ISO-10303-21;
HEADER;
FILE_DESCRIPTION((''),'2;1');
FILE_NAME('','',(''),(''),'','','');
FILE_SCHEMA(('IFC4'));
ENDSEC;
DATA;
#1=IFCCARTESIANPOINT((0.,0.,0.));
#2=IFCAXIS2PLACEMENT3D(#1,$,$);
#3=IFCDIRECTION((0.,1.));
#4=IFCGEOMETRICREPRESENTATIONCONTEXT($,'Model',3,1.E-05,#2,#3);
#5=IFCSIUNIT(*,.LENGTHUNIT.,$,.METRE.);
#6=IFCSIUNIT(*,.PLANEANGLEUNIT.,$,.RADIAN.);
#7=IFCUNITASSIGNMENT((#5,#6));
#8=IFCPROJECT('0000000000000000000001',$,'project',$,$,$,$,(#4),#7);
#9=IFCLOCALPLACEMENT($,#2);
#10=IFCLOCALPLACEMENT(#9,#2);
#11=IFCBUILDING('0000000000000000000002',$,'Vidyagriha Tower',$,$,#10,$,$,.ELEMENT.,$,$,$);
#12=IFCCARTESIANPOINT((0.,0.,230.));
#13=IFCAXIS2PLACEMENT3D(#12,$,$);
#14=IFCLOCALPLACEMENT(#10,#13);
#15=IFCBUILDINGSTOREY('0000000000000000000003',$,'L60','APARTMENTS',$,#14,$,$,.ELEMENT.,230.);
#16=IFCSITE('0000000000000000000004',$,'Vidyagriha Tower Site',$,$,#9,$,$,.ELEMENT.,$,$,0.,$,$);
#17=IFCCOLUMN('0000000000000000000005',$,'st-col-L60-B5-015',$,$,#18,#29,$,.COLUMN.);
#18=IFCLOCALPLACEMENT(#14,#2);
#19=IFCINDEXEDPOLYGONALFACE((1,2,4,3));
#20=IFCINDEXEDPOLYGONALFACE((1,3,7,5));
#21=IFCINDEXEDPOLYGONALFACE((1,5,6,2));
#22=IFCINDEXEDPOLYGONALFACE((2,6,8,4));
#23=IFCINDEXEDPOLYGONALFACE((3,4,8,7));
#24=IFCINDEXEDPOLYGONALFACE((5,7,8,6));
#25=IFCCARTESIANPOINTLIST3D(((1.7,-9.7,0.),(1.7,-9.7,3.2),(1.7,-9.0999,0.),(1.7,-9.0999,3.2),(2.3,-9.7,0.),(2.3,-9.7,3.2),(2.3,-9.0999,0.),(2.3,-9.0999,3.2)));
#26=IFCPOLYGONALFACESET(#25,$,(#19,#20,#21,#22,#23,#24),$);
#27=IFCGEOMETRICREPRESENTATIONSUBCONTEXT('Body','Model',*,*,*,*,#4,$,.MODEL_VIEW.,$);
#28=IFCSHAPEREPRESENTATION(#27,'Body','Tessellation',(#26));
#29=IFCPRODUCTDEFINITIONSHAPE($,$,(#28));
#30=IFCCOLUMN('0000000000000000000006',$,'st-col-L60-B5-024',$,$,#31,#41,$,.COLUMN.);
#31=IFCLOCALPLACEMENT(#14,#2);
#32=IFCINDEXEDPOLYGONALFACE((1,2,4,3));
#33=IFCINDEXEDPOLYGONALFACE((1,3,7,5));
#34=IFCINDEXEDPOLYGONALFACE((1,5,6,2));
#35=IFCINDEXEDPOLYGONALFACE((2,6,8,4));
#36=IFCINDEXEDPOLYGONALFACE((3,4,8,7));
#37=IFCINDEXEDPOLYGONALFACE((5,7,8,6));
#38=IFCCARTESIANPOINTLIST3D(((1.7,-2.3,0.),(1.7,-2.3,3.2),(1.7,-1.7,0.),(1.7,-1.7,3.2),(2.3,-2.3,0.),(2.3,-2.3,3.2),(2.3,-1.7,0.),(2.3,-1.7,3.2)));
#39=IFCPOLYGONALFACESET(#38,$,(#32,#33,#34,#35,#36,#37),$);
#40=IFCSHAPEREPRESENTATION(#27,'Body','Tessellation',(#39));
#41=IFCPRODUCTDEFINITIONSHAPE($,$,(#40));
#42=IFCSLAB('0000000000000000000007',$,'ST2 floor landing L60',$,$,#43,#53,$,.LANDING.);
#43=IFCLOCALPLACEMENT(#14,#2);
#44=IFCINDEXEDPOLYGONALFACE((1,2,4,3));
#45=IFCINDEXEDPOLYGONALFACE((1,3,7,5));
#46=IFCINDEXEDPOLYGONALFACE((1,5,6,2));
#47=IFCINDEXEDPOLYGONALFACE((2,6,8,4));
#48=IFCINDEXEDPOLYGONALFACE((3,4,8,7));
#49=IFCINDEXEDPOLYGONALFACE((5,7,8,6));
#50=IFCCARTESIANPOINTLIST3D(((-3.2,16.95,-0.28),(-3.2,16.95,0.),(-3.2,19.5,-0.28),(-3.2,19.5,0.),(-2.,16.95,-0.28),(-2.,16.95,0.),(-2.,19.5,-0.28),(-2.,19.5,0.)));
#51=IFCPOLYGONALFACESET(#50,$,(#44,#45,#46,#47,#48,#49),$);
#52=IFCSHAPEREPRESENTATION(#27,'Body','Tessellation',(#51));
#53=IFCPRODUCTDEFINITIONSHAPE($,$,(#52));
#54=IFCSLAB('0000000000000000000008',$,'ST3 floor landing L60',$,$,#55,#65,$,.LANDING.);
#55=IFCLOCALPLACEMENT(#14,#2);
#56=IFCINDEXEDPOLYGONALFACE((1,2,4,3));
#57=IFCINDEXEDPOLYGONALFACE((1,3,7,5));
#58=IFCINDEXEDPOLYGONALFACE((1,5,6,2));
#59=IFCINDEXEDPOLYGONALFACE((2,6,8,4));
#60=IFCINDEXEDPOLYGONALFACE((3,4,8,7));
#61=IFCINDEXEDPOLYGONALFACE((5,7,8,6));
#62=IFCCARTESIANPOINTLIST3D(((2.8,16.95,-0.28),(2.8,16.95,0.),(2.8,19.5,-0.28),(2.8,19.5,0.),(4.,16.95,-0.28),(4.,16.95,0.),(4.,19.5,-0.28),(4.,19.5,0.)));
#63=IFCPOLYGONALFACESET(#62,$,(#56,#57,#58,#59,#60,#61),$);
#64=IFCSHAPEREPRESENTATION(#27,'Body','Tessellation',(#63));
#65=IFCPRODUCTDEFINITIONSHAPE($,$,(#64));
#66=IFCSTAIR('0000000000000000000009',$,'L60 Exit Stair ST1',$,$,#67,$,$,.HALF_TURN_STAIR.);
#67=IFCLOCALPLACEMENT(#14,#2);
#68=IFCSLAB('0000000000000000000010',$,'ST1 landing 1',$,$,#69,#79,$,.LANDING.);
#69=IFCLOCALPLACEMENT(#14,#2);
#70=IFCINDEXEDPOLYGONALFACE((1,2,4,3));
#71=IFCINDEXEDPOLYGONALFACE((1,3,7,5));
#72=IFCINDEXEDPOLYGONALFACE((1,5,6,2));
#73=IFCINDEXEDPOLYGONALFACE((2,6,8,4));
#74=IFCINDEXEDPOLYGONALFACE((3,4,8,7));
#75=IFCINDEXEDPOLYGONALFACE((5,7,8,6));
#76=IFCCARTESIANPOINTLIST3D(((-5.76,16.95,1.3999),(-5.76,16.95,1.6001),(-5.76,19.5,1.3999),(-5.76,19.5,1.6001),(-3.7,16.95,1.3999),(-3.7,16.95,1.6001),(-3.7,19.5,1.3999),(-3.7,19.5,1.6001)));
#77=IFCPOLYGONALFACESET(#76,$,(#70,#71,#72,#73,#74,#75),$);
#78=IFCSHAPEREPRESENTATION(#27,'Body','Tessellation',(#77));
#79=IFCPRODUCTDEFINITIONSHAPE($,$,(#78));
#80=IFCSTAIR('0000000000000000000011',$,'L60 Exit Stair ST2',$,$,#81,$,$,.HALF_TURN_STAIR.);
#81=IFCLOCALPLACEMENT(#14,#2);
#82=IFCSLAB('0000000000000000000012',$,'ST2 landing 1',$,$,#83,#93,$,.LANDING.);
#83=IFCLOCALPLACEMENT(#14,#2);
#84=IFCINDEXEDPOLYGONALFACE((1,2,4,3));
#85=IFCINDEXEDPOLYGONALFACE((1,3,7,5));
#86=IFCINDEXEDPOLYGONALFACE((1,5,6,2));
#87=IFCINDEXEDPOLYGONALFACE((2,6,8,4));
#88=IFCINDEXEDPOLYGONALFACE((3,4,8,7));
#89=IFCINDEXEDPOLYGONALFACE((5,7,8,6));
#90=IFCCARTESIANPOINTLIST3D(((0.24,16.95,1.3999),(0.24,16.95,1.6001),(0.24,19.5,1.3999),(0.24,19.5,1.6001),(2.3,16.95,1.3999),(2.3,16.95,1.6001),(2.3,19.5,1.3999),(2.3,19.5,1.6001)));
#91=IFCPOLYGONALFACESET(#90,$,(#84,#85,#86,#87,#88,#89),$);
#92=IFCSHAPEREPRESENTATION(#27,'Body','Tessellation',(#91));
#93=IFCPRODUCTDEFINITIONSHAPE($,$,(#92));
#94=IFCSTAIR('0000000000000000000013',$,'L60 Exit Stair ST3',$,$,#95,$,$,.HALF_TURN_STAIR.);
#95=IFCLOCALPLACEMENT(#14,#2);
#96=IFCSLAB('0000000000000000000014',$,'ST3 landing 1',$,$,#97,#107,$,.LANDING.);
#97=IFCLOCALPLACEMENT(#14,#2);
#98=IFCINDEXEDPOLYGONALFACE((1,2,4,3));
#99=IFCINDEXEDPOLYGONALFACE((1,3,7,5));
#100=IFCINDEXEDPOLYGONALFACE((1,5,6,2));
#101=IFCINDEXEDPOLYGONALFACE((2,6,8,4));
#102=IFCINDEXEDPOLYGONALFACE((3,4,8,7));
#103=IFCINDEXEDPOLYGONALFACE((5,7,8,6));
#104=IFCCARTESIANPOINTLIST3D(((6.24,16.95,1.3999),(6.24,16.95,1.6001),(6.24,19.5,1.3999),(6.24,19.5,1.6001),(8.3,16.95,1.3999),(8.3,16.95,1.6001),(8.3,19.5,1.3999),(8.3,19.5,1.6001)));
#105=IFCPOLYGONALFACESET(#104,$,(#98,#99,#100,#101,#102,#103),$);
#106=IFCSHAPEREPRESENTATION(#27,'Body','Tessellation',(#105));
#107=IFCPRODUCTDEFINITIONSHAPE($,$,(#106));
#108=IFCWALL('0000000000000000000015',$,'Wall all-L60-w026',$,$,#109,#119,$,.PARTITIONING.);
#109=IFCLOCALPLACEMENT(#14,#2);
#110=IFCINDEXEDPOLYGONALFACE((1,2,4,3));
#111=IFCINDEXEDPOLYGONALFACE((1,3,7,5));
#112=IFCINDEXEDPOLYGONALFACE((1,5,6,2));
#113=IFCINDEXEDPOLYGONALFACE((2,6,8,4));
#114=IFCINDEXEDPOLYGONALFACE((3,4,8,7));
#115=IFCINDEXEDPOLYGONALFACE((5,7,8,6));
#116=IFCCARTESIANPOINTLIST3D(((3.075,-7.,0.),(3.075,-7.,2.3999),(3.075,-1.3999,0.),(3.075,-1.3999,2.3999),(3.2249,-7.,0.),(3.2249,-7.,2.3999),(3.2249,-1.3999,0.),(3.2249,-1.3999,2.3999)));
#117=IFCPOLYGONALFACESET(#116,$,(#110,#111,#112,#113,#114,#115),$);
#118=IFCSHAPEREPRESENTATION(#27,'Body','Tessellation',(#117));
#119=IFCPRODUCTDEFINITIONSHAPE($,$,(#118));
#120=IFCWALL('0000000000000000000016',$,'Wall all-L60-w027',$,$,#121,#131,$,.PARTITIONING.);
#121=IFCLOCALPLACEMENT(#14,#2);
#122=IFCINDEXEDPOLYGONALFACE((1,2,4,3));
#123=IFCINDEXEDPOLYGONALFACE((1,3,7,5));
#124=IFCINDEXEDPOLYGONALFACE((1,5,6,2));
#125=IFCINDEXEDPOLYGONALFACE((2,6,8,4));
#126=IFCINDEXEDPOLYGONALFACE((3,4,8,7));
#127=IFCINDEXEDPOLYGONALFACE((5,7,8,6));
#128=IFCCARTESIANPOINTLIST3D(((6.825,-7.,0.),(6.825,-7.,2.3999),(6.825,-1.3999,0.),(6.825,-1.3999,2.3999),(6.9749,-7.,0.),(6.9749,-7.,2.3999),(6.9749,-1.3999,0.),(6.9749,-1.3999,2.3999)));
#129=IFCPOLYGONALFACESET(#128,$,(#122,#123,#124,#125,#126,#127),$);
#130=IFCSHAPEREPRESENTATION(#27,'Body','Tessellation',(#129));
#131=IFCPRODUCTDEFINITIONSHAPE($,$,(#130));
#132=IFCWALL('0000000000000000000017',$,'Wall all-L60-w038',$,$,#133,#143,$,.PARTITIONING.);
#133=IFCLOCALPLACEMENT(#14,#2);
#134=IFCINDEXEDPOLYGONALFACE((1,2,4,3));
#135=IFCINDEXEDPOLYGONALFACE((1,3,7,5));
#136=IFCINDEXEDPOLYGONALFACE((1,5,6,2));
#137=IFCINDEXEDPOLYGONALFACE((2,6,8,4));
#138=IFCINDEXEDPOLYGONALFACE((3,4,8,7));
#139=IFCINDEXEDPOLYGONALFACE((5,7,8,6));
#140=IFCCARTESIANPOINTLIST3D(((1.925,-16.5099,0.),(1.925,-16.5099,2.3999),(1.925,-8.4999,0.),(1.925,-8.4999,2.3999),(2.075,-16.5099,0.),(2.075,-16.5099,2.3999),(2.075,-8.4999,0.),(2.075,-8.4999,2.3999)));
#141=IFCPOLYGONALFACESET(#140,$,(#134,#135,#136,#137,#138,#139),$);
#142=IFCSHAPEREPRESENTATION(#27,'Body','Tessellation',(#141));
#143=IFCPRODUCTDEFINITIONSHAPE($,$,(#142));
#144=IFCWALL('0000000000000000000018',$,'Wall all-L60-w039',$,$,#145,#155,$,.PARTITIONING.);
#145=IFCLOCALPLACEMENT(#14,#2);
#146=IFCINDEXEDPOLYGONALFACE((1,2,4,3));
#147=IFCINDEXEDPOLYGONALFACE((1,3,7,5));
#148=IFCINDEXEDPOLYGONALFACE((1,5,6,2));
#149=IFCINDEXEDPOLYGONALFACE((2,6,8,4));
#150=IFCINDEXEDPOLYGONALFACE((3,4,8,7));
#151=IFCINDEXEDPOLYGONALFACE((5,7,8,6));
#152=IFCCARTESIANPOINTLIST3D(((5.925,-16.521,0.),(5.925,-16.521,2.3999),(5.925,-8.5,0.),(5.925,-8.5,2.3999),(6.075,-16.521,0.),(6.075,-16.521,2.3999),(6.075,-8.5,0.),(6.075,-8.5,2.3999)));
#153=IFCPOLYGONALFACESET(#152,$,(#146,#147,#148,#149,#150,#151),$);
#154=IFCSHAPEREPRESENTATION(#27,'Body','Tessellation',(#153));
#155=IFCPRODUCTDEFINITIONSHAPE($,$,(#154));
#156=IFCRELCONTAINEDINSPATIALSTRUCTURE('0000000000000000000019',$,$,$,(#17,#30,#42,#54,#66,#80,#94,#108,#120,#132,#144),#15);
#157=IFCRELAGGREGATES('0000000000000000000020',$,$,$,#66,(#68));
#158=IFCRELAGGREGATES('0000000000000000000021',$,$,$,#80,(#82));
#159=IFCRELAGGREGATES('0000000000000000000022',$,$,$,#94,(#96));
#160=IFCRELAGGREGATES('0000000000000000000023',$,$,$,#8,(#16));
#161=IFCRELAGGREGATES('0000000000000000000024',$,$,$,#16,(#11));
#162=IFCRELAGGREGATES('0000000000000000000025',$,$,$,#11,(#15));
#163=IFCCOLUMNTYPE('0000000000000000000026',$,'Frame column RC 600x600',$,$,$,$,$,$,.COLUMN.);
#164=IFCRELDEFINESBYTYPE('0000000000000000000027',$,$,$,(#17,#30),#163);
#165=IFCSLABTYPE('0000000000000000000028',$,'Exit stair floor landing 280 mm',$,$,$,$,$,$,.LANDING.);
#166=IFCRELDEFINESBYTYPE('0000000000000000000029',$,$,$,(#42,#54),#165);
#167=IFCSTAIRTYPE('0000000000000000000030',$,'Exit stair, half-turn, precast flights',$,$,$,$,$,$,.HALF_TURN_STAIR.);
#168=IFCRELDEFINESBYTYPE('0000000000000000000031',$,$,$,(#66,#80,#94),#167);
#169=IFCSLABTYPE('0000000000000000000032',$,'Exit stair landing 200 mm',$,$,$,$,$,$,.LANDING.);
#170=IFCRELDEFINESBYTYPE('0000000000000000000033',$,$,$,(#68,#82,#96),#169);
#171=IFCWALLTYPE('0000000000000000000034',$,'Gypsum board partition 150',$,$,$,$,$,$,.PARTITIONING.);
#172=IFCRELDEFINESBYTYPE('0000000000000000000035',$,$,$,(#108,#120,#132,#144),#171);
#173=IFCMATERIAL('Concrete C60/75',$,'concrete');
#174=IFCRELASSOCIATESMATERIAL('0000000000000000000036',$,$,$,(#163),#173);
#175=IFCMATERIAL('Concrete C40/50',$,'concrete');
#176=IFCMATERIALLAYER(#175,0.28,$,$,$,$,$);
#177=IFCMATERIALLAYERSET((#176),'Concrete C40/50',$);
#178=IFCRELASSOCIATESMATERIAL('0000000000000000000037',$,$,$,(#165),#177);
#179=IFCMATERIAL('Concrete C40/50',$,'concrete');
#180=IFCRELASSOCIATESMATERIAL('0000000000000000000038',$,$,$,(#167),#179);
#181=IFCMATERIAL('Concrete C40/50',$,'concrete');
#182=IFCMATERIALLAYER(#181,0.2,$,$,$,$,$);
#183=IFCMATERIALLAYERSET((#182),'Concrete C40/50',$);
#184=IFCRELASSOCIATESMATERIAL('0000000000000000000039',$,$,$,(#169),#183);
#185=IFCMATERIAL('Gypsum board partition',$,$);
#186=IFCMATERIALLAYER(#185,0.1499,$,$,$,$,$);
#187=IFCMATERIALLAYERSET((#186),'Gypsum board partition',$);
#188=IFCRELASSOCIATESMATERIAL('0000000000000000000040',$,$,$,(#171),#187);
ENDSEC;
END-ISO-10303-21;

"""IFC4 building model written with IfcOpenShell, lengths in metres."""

from ifc_helpers import new_model, si_unit, direction, frame, frame_2d, origin, origin_2d, place, context, subcontext, project, spatial, polyline, rectangle, outline, extrude, material, layer, layer_set, material_profile, profile_set, type_object, element, aggregate, save


model = new_model("IFC4")

# Units and contexts
model_context = context("Model", 3, precision=1e-05, world=origin(), true_north=direction((0.0, 1.0)))
body_context = subcontext(model_context, "Body", "Model", "MODEL_VIEW")
ifc_project = project(units=[si_unit("LENGTHUNIT", "METRE"), si_unit("PLANEANGLEUNIT", "RADIAN")], contexts=[model_context])

# Site, building, storey
site_placement = place(None, origin())
site = spatial("IfcSite", under=ifc_project, at=site_placement, Name="Vidyagriha Tower Site", CompositionType="ELEMENT", RefElevation=0.0)
building_placement = place(site_placement, origin())
building = spatial("IfcBuilding", under=site, at=building_placement, Name="Vidyagriha Tower", CompositionType="ELEMENT")
storey_placement = place(building_placement, frame((0.0, 0.0, 230.0)))
storey = spatial("IfcBuildingStorey", under=building, at=storey_placement, Name="L60", Description="APARTMENTS", CompositionType="ELEMENT", Elevation=230.0)

# Columns
ifc_material_1 = material(Name="Concrete C60/75", Category="concrete")
ifc_material_profile = material_profile(ifc_material_1, rectangle(XDim=0.6001, YDim=0.6001, at=origin_2d()), Name="RC 600x600")
ifc_profile_set = profile_set([ifc_material_profile], Name="Concrete C60/75")
column_type = type_object("IfcColumnType", Name="Frame column RC 600x600", PredefinedType="COLUMN", material=ifc_profile_set)
for number, where, name in (
    (1, (2.0, -9.3999, 0.0), "st-col-L60-B5-015"),
    (2, (2.0, -2.0, 0.0), "st-col-L60-B5-024"),
):
    element("IfcColumn", number, at=place(storey_placement, frame(where)), inside=storey, type_object=column_type, Name=name, PredefinedType="COLUMN", context=body_context, shape_type="SweptSolid", body=[
        extrude(rectangle(XDim=0.6001, YDim=0.6001, at=origin_2d()), origin(), (0.0, 0.0, 1.0), 3.2),
    ])

# Slabs
ifc_material_2 = material(Name="Concrete C40/50", Category="concrete")
ifc_layer_1 = layer(ifc_material_2, 0.28)
ifc_layer_set_1 = layer_set([ifc_layer_1], Name="Concrete C40/50")
slab_type_1 = type_object("IfcSlabType", Name="Exit stair floor landing 280 mm", PredefinedType="LANDING", material=ifc_layer_set_1)
slab_1_placement = place(storey_placement, frame((0.0, 0.0, -0.28)))
element("IfcSlab", 3, at=slab_1_placement, inside=storey, type_object=slab_type_1, Name="ST2 floor landing L60", PredefinedType="LANDING", context=body_context, shape_type="SweptSolid", body=[
    extrude(outline(polyline([(-3.2, 16.95), (-2.0, 16.95), (-2.0, 19.5), (-3.2, 19.5), (-3.2, 16.95)])), origin(), (0.0, 0.0, 1.0), 0.28),
])
slab_2_placement = place(storey_placement, frame((0.0, 0.0, -0.28)))
element("IfcSlab", 4, at=slab_2_placement, inside=storey, type_object=slab_type_1, Name="ST3 floor landing L60", PredefinedType="LANDING", context=body_context, shape_type="SweptSolid", body=[
    extrude(outline(polyline([(2.8, 16.95), (4.0, 16.95), (4.0, 19.5), (2.8, 19.5), (2.8, 16.95)])), origin(), (0.0, 0.0, 1.0), 0.28),
])

# Stairs, slabs
ifc_material_3 = material(Name="Concrete C40/50", Category="concrete")
stair_type = type_object("IfcStairType", Name="Exit stair, half-turn, precast flights", PredefinedType="HALF_TURN_STAIR", material=ifc_material_3)
stair_1_placement = place(storey_placement, origin())
stair_1 = element("IfcStair", 5, at=stair_1_placement, inside=storey, type_object=stair_type, Name="L60 Exit Stair ST1", PredefinedType="HALF_TURN_STAIR")
ifc_material_4 = material(Name="Concrete C40/50", Category="concrete")
ifc_layer_2 = layer(ifc_material_4, 0.2)
ifc_layer_set_2 = layer_set([ifc_layer_2], Name="Concrete C40/50")
slab_type_2 = type_object("IfcSlabType", Name="Exit stair landing 200 mm", PredefinedType="LANDING", material=ifc_layer_set_2)
slab_3_placement = place(storey_placement, frame((0.0, 0.0, 1.3999)))
slab_3 = element("IfcSlab", 6, at=slab_3_placement, type_object=slab_type_2, Name="ST1 landing 1", PredefinedType="LANDING", context=body_context, shape_type="SweptSolid", body=[
    extrude(outline(polyline([(-5.76, 16.95), (-3.7, 16.95), (-3.7, 19.5), (-5.76, 19.5), (-5.76, 16.95)])), origin(), (0.0, 0.0, 1.0), 0.2002),
])
aggregate(stair_1, [slab_3])
stair_2_placement = place(storey_placement, origin())
stair_2 = element("IfcStair", 7, at=stair_2_placement, inside=storey, type_object=stair_type, Name="L60 Exit Stair ST2", PredefinedType="HALF_TURN_STAIR")
slab_4_placement = place(storey_placement, frame((0.0, 0.0, 1.3999)))
slab_4 = element("IfcSlab", 8, at=slab_4_placement, type_object=slab_type_2, Name="ST2 landing 1", PredefinedType="LANDING", context=body_context, shape_type="SweptSolid", body=[
    extrude(outline(polyline([(0.24, 16.95), (2.3, 16.95), (2.3, 19.5), (0.24, 19.5), (0.24, 16.95)])), origin(), (0.0, 0.0, 1.0), 0.2002),
])
aggregate(stair_2, [slab_4])
stair_3_placement = place(storey_placement, origin())
stair_3 = element("IfcStair", 9, at=stair_3_placement, inside=storey, type_object=stair_type, Name="L60 Exit Stair ST3", PredefinedType="HALF_TURN_STAIR")
slab_5_placement = place(storey_placement, frame((0.0, 0.0, 1.3999)))
slab_5 = element("IfcSlab", 10, at=slab_5_placement, type_object=slab_type_2, Name="ST3 landing 1", PredefinedType="LANDING", context=body_context, shape_type="SweptSolid", body=[
    extrude(outline(polyline([(6.24, 16.95), (8.3, 16.95), (8.3, 19.5), (6.24, 19.5), (6.24, 16.95)])), origin(), (0.0, 0.0, 1.0), 0.2002),
])
aggregate(stair_3, [slab_5])

# Walls
ifc_material_5 = material(Name="Gypsum board partition")
ifc_layer_3 = layer(ifc_material_5, 0.1499)
ifc_layer_set_3 = layer_set([ifc_layer_3], Name="Gypsum board partition")
wall_type = type_object("IfcWallType", Name="Gypsum board partition 150", PredefinedType="PARTITIONING", material=ifc_layer_set_3)
for number, where, z_axis, x_axis, name in (
    (11, (3.1499, -1.3999, 0.0), (0.0, 0.0, 1.0), (0.0, -1.0, 0.0), "Wall all-L60-w026"),
    (12, (6.8999, -1.3999, 0.0), (0.0, 0.0, 1.0), (0.0, -1.0, 0.0), "Wall all-L60-w027"),
):
    element("IfcWall", number, at=place(storey_placement, frame(where, z_axis=z_axis, x_axis=x_axis)), inside=storey, type_object=wall_type, Name=name, PredefinedType="PARTITIONING", context=body_context, shape_type="SweptSolid", body=[
        extrude(rectangle(XDim=5.6001, YDim=0.1499, at=frame_2d((2.8, 0.0))), origin(), (0.0, 0.0, 1.0), 2.3999),
    ])
wall_1_placement = place(storey_placement, frame((2.0, -8.5, 0.0), z_axis=(0.0, 0.0, 1.0), x_axis=(0.0, -1.0, 0.0)))
element("IfcWall", 13, at=wall_1_placement, inside=storey, type_object=wall_type, Name="Wall all-L60-w038", PredefinedType="PARTITIONING", context=body_context, shape_type="SweptSolid", body=[
    extrude(rectangle(XDim=8.01, YDim=0.1499, at=frame_2d((4.0049, 0.0))), origin(), (0.0, 0.0, 1.0), 2.3999),
])
wall_2_placement = place(storey_placement, frame((6.0, -8.5, 0.0), z_axis=(0.0, 0.0, 1.0), x_axis=(0.0, -1.0, 0.0)))
element("IfcWall", 14, at=wall_2_placement, inside=storey, type_object=wall_type, Name="Wall all-L60-w039", PredefinedType="PARTITIONING", context=body_context, shape_type="SweptSolid", body=[
    extrude(rectangle(XDim=8.021, YDim=0.1499, at=frame_2d((4.0105, 0.0))), origin(), (0.0, 0.0, 1.0), 2.3999),
])

save(model, "model.ifc")
